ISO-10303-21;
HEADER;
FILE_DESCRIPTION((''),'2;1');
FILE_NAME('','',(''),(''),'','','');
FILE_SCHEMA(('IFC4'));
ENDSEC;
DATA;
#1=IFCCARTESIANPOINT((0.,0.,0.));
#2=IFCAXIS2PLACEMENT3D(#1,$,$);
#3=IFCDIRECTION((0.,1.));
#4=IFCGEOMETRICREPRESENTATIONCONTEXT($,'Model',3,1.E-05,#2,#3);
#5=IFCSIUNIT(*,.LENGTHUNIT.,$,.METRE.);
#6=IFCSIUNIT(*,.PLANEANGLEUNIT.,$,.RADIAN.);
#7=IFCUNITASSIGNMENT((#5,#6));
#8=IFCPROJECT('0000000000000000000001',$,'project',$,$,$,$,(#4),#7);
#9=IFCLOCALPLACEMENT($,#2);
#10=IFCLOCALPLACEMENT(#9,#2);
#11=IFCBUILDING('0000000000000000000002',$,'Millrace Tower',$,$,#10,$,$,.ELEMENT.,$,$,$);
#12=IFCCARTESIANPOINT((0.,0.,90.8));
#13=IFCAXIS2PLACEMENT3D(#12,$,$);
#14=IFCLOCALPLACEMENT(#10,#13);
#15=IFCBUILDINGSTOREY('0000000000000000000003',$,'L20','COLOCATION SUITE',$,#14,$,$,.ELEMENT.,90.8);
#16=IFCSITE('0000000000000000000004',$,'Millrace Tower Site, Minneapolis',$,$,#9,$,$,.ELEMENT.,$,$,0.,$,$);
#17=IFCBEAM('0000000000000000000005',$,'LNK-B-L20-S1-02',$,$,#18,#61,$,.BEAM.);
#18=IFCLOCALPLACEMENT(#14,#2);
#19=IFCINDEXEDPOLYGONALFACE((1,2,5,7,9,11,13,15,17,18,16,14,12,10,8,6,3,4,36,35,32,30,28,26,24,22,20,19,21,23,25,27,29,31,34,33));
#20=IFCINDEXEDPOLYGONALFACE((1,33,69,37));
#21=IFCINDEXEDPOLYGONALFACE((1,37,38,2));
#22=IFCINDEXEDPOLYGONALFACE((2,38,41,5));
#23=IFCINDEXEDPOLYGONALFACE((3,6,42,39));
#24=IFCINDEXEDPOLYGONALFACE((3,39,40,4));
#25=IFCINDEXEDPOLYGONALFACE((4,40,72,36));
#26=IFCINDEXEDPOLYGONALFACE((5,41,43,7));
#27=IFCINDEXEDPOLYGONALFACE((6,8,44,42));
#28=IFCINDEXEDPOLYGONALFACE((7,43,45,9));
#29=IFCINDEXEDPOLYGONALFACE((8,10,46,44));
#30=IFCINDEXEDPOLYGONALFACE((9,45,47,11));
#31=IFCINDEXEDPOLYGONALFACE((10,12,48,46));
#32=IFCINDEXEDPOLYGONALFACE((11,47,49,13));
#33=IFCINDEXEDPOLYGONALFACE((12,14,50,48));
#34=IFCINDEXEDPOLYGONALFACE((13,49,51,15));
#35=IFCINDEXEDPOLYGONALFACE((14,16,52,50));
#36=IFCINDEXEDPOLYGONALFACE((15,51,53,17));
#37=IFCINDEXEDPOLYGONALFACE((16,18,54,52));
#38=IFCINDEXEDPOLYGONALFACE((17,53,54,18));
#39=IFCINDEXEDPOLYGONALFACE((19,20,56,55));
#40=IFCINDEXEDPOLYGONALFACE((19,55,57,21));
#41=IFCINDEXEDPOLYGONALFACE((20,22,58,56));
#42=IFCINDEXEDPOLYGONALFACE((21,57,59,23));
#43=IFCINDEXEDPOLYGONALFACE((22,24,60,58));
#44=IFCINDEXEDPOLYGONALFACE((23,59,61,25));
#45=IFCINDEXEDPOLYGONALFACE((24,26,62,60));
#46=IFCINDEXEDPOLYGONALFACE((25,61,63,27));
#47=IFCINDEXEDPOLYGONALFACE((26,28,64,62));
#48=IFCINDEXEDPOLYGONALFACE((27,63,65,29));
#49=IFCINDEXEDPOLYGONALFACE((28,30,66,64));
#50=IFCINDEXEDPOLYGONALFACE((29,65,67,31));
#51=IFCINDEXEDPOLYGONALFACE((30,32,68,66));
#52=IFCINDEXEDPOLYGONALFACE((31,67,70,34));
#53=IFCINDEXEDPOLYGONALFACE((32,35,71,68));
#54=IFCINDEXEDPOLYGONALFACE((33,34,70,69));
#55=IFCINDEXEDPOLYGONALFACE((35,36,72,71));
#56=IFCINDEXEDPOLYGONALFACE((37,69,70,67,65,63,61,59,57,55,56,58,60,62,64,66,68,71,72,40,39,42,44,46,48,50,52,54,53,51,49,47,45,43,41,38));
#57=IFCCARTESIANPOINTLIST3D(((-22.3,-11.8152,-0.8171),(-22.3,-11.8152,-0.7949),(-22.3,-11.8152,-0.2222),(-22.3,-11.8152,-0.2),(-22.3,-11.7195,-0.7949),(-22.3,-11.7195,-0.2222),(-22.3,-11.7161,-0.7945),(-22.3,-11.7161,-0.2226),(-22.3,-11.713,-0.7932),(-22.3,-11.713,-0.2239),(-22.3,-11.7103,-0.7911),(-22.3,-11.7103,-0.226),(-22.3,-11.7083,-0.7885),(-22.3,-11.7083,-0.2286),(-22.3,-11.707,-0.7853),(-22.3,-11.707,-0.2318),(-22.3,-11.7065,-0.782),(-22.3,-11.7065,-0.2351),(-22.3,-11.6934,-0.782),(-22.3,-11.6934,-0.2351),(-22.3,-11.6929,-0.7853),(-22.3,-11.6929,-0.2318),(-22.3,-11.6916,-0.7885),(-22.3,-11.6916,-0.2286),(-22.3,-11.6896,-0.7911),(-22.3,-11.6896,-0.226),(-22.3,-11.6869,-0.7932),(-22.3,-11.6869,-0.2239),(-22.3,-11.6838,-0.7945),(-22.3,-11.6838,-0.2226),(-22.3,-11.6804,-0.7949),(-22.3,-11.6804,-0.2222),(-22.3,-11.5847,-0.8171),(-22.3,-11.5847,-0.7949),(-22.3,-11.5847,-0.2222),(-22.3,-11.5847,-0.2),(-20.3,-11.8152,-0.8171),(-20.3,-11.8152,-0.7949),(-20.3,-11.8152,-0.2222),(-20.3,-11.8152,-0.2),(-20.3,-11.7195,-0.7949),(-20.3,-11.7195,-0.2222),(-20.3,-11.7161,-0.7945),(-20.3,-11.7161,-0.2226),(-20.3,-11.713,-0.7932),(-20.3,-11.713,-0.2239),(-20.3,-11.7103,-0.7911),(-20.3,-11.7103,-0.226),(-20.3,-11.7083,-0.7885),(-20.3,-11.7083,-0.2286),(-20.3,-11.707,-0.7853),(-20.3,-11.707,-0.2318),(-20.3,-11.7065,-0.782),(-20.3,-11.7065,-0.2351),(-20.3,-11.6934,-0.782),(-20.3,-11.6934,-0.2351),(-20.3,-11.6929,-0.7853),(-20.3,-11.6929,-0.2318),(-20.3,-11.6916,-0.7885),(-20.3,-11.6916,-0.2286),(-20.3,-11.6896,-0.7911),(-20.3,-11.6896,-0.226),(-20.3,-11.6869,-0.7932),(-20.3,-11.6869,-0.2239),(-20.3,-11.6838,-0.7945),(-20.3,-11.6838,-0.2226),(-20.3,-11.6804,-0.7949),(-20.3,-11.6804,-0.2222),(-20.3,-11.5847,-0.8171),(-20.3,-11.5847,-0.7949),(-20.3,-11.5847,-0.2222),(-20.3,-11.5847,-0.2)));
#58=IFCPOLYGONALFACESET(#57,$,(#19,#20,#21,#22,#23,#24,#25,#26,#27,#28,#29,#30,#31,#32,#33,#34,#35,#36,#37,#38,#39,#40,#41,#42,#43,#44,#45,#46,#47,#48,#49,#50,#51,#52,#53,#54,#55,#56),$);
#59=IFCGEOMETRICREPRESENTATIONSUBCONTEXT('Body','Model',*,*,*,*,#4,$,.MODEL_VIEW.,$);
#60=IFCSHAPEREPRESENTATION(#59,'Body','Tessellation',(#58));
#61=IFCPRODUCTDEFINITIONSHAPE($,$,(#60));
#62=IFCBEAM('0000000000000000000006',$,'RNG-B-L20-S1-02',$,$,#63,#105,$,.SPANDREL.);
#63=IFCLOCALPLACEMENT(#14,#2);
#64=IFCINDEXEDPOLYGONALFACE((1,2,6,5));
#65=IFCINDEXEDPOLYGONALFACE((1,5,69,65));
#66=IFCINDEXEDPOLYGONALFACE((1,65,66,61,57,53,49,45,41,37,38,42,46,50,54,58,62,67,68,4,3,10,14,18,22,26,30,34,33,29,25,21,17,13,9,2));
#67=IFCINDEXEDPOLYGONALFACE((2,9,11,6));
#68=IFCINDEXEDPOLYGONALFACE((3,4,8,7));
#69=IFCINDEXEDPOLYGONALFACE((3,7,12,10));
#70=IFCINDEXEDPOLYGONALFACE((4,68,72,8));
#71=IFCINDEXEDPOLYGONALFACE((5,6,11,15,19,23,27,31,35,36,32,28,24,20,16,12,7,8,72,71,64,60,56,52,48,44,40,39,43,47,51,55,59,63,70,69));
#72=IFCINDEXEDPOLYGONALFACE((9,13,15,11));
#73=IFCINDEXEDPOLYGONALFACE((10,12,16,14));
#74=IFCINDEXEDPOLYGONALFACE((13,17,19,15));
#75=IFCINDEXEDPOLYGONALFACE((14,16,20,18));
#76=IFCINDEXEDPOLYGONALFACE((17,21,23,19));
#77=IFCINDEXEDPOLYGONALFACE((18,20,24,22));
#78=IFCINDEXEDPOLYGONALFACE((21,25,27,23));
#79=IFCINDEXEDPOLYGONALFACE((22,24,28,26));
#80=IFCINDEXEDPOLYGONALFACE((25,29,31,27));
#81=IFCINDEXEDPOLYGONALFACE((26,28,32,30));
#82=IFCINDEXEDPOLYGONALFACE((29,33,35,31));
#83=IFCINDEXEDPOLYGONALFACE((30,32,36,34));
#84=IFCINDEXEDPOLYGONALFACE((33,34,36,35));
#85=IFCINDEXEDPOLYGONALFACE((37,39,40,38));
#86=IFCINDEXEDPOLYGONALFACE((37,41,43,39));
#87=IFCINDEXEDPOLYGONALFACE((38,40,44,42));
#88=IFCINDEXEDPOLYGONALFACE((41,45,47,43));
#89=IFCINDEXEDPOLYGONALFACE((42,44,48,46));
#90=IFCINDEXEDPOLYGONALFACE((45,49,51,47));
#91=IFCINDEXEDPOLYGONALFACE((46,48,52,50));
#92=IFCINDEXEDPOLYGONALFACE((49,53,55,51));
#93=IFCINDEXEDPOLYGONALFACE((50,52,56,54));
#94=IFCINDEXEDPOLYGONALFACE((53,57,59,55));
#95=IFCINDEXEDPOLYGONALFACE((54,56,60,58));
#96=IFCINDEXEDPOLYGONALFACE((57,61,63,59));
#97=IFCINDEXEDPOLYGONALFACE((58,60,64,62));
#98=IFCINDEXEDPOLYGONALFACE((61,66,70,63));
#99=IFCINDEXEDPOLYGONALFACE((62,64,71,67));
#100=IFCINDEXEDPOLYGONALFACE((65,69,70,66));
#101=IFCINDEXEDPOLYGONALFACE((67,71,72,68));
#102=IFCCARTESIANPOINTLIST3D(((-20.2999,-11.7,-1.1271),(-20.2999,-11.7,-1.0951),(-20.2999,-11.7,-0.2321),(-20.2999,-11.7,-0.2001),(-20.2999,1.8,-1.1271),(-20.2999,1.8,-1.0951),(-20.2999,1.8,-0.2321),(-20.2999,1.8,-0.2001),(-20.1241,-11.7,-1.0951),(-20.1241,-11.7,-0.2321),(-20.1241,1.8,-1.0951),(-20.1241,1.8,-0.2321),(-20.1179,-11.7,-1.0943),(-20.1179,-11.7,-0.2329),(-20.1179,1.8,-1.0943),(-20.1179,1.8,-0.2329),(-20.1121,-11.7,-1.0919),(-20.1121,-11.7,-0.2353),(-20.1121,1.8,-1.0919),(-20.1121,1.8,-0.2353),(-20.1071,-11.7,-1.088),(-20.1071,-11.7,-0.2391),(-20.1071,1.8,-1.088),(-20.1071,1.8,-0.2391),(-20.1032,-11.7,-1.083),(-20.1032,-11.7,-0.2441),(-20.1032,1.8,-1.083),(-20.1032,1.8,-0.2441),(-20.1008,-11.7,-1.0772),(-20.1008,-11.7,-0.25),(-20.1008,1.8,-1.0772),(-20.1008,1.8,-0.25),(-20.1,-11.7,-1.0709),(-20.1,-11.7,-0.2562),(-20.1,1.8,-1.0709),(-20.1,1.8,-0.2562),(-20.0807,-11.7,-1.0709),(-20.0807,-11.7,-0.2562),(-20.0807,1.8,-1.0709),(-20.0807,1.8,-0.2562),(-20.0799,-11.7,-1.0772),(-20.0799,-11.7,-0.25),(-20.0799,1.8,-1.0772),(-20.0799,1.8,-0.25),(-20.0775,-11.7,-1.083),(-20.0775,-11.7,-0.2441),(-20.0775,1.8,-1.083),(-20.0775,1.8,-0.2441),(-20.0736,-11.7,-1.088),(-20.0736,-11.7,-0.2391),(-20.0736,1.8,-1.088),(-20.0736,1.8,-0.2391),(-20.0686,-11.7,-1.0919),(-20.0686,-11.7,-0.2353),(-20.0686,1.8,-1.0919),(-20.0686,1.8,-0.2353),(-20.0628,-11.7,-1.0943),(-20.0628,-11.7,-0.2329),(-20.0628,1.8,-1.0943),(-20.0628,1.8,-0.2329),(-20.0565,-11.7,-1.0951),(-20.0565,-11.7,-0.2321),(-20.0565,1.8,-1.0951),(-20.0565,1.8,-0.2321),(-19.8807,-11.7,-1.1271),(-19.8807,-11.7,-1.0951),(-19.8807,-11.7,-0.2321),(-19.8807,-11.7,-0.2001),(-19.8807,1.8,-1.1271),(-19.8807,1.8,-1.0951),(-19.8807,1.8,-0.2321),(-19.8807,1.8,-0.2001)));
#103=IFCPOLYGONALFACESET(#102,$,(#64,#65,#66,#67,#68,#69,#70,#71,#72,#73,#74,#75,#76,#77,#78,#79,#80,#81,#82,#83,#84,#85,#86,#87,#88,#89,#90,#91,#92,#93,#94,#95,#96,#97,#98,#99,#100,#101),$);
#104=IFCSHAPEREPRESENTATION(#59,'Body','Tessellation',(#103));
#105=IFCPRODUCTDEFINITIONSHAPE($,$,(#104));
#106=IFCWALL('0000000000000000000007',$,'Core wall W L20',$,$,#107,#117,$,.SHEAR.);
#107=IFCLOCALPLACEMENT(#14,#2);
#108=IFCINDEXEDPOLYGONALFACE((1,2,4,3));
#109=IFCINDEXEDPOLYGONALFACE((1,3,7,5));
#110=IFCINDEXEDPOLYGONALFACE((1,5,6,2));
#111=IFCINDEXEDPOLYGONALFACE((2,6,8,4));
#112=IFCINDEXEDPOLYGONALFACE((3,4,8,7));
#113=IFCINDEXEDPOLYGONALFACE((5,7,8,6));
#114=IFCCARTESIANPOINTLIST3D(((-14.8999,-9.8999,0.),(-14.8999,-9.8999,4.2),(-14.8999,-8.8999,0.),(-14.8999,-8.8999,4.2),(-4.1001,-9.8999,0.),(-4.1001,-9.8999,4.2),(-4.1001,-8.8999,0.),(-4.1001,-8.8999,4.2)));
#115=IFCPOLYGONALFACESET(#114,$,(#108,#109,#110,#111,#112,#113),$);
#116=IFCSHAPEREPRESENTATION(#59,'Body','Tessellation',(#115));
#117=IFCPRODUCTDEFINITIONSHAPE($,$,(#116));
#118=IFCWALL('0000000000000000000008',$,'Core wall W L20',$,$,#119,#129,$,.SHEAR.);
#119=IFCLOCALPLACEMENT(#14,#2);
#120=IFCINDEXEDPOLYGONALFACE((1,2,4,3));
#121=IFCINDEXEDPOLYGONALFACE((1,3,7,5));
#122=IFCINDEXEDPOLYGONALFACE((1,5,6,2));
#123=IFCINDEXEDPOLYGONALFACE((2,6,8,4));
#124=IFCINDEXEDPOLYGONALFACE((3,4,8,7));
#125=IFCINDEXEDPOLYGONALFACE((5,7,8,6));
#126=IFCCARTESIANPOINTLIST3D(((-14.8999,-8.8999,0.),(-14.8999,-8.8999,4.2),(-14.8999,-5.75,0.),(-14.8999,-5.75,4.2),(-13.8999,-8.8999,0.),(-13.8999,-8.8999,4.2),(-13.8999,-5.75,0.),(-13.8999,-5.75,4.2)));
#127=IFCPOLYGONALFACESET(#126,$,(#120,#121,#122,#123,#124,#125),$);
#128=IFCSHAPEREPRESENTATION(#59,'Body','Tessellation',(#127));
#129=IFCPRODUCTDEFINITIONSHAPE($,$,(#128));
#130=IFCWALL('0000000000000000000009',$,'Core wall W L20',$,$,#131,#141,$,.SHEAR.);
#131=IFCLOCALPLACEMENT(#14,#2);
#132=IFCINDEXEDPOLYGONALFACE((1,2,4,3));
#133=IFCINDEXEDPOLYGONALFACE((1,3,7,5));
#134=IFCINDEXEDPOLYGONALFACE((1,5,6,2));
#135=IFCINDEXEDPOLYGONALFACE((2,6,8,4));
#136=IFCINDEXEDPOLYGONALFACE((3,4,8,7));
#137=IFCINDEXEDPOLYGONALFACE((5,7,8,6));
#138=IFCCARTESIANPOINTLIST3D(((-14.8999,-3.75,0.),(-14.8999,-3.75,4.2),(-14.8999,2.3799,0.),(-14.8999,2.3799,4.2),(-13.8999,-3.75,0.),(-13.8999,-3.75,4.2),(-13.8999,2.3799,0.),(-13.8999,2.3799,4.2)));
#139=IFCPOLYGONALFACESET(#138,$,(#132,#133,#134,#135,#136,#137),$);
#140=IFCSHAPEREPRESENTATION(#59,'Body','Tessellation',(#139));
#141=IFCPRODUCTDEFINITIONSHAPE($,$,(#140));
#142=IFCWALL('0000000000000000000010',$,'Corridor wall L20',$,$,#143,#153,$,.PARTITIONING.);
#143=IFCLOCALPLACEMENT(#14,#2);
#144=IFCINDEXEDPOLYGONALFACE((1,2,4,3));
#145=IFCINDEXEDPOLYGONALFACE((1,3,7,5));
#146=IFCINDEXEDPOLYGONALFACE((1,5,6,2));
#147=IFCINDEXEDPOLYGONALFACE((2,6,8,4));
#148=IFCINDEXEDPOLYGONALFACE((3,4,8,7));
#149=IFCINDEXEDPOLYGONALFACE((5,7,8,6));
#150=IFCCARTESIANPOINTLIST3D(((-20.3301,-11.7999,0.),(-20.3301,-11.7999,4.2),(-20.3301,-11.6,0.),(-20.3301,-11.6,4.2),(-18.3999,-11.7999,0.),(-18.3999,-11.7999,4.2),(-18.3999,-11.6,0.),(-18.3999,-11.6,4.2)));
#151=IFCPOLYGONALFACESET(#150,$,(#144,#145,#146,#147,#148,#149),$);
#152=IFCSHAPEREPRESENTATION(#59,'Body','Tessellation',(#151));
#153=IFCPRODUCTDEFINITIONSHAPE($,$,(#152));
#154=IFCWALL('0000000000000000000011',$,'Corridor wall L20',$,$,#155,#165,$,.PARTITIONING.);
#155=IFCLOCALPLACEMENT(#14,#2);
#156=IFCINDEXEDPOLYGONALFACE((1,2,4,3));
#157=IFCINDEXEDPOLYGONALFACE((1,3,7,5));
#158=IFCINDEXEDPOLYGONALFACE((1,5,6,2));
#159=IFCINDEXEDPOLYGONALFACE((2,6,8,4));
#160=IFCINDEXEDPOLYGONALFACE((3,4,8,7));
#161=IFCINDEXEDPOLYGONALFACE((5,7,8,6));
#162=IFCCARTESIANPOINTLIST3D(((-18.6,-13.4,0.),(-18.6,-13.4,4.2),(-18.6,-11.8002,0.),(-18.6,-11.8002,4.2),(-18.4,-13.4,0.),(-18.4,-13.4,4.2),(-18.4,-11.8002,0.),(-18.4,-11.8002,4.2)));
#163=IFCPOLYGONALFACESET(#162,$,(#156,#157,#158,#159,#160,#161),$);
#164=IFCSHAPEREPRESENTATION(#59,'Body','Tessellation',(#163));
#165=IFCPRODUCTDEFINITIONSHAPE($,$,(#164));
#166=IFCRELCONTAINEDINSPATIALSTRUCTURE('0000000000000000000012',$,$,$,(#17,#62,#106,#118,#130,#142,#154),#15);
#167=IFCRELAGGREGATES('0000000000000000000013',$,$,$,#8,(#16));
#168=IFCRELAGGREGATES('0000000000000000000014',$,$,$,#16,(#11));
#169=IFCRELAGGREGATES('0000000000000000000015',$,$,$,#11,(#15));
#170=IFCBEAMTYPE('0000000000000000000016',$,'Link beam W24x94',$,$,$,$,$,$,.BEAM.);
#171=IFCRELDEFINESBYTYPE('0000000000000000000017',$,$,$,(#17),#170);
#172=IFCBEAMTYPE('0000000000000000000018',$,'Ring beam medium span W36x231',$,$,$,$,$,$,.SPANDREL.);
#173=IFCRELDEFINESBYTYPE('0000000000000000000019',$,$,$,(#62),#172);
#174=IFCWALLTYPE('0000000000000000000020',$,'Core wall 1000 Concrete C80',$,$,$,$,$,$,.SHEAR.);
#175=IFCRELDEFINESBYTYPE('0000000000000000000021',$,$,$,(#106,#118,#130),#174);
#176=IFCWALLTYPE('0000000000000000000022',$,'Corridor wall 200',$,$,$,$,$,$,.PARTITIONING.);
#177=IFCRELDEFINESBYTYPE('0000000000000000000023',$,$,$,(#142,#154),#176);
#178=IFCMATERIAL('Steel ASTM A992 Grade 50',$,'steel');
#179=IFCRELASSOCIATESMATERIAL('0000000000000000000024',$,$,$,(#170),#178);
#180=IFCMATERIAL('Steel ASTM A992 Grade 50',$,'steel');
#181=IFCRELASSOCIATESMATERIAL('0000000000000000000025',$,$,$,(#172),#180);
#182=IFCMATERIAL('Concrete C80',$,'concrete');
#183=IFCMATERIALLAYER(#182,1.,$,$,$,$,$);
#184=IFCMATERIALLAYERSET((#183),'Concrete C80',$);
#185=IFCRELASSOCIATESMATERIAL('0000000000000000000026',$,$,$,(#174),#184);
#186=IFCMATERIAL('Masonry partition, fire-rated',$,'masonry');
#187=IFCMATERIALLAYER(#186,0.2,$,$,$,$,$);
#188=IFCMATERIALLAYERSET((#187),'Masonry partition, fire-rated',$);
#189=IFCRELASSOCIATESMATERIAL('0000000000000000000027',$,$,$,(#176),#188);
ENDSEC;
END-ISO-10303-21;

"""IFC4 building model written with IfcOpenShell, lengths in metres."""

from ifc_helpers import new_model, si_unit, direction, frame, frame_2d, origin, origin_2d, place, context, subcontext, project, spatial, rectangle, i_section, extrude, material, layer, layer_set, material_profile, profile_set, type_object, element, save


model = new_model("IFC4")

# Units and contexts
model_context = context("Model", 3, precision=1e-05, world=origin(), true_north=direction((0.0, 1.0)))
body_context = subcontext(model_context, "Body", "Model", "MODEL_VIEW")
ifc_project = project(units=[si_unit("LENGTHUNIT", "METRE"), si_unit("PLANEANGLEUNIT", "RADIAN")], contexts=[model_context])

# Site, building, storey
site_placement = place(None, origin())
site = spatial("IfcSite", under=ifc_project, at=site_placement, Name="Millrace Tower Site, Minneapolis", CompositionType="ELEMENT", RefElevation=0.0)
building_placement = place(site_placement, origin())
building = spatial("IfcBuilding", under=site, at=building_placement, Name="Millrace Tower", CompositionType="ELEMENT")
storey_placement = place(building_placement, frame((0.0, 0.0, 90.8)))
storey = spatial("IfcBuildingStorey", under=building, at=storey_placement, Name="L20", Description="COLOCATION SUITE", CompositionType="ELEMENT", Elevation=90.8)

# Beams
ifc_material_1 = material(Name="Steel ASTM A992 Grade 50", Category="steel")
ifc_material_profile_1 = material_profile(ifc_material_1, i_section(OverallWidth=0.2305, OverallDepth=0.6172, WebThickness=0.0132, FlangeThickness=0.0222, FilletRadius=0.0129, at=origin_2d()))
ifc_profile_set_1 = profile_set([ifc_material_profile_1], Name="Steel ASTM A992 Grade 50")
beam_type_1 = type_object("IfcBeamType", Name="Link beam W24x94", PredefinedType="BEAM", material=ifc_profile_set_1)
beam_1_placement = place(storey_placement, frame((-20.3, -11.7, -0.5085), z_axis=(-1.0, 0.0, 0.0), x_axis=(0.0, -1.0, 0.0)))
element("IfcBeam", 1, at=beam_1_placement, inside=storey, type_object=beam_type_1, Name="LNK-B-L20-S1-02", PredefinedType="BEAM", context=body_context, shape_type="SweptSolid", body=[
    extrude(i_section(OverallWidth=0.2305, OverallDepth=0.6172, WebThickness=0.0132, FlangeThickness=0.0222, FilletRadius=0.0129, at=origin_2d()), origin(), (0.0, 0.0, 1.0), 2.0),
])
ifc_material_2 = material(Name="Steel ASTM A992 Grade 50", Category="steel")
ifc_material_profile_2 = material_profile(ifc_material_2, i_section(OverallWidth=0.4192, OverallDepth=0.927, WebThickness=0.0193, FlangeThickness=0.032, FilletRadius=0.0242, at=origin_2d()))
ifc_profile_set_2 = profile_set([ifc_material_profile_2], Name="Steel ASTM A992 Grade 50")
beam_type_2 = type_object("IfcBeamType", Name="Ring beam medium span W36x231", PredefinedType="SPANDREL", material=ifc_profile_set_2)
beam_2_placement = place(storey_placement, frame((-20.0903, -11.7, -0.6636), z_axis=(0.0, 1.0, 0.0), x_axis=(-1.0, 0.0, 0.0)))
element("IfcBeam", 2, at=beam_2_placement, inside=storey, type_object=beam_type_2, Name="RNG-B-L20-S1-02", PredefinedType="SPANDREL", context=body_context, shape_type="SweptSolid", body=[
    extrude(i_section(OverallWidth=0.4192, OverallDepth=0.927, WebThickness=0.0193, FlangeThickness=0.032, FilletRadius=0.0242, at=origin_2d()), origin(), (0.0, 0.0, 1.0), 13.5),
])

# Walls
ifc_material_3 = material(Name="Concrete C80", Category="concrete")
ifc_layer_1 = layer(ifc_material_3, 1.0)
ifc_layer_set_1 = layer_set([ifc_layer_1], Name="Concrete C80")
wall_type_1 = type_object("IfcWallType", Name="Core wall 1000 Concrete C80", PredefinedType="SHEAR", material=ifc_layer_set_1)
wall_1_placement = place(storey_placement, frame((-14.8999, -9.3999, 0.0), z_axis=(0.0, 0.0, 1.0), x_axis=(1.0, 0.0, 0.0)))
element("IfcWall", 3, at=wall_1_placement, inside=storey, type_object=wall_type_1, Name="Core wall W L20", PredefinedType="SHEAR", context=body_context, shape_type="SweptSolid", body=[
    extrude(rectangle(XDim=10.7998, YDim=1.0, at=frame_2d((5.3999, 0.0))), origin(), (0.0, 0.0, 1.0), 4.2),
])
wall_2_placement = place(storey_placement, frame((-14.3999, -8.8999, 0.0), z_axis=(0.0, 0.0, 1.0), x_axis=(0.0, 1.0, 0.0)))
element("IfcWall", 4, at=wall_2_placement, inside=storey, type_object=wall_type_1, Name="Core wall W L20", PredefinedType="SHEAR", context=body_context, shape_type="SweptSolid", body=[
    extrude(rectangle(XDim=3.1499, YDim=1.0, at=frame_2d((1.575, 0.0))), origin(), (0.0, 0.0, 1.0), 4.2),
])
wall_3_placement = place(storey_placement, frame((-14.3999, -3.75, 0.0), z_axis=(0.0, 0.0, 1.0), x_axis=(0.0, 1.0, 0.0)))
element("IfcWall", 5, at=wall_3_placement, inside=storey, type_object=wall_type_1, Name="Core wall W L20", PredefinedType="SHEAR", context=body_context, shape_type="SweptSolid", body=[
    extrude(rectangle(XDim=6.1299, YDim=1.0, at=frame_2d((3.0649, 0.0))), origin(), (0.0, 0.0, 1.0), 4.2),
])
ifc_material_4 = material(Name="Masonry partition, fire-rated", Category="masonry")
ifc_layer_2 = layer(ifc_material_4, 0.2)
ifc_layer_set_2 = layer_set([ifc_layer_2], Name="Masonry partition, fire-rated")
wall_type_2 = type_object("IfcWallType", Name="Corridor wall 200", PredefinedType="PARTITIONING", material=ifc_layer_set_2)
wall_4_placement = place(storey_placement, frame((-20.3301, -11.7, 0.0), z_axis=(0.0, 0.0, 1.0), x_axis=(1.0, 0.0, 0.0)))
element("IfcWall", 6, at=wall_4_placement, inside=storey, type_object=wall_type_2, Name="Corridor wall L20", PredefinedType="PARTITIONING", context=body_context, shape_type="SweptSolid", body=[
    extrude(rectangle(XDim=1.9302, YDim=0.2, at=frame_2d((0.9651, 0.0))), origin(), (0.0, 0.0, 1.0), 4.2),
])
wall_5_placement = place(storey_placement, frame((-18.5, -13.3999, 0.0), z_axis=(0.0, 0.0, 1.0), x_axis=(0.0, 1.0, 0.0)))
element("IfcWall", 7, at=wall_5_placement, inside=storey, type_object=wall_type_2, Name="Corridor wall L20", PredefinedType="PARTITIONING", context=body_context, shape_type="SweptSolid", body=[
    extrude(rectangle(XDim=1.5999, YDim=0.2, at=frame_2d((0.7998, 0.0))), origin(), (0.0, 0.0, 1.0), 4.2),
])

save(model, "model.ifc")
